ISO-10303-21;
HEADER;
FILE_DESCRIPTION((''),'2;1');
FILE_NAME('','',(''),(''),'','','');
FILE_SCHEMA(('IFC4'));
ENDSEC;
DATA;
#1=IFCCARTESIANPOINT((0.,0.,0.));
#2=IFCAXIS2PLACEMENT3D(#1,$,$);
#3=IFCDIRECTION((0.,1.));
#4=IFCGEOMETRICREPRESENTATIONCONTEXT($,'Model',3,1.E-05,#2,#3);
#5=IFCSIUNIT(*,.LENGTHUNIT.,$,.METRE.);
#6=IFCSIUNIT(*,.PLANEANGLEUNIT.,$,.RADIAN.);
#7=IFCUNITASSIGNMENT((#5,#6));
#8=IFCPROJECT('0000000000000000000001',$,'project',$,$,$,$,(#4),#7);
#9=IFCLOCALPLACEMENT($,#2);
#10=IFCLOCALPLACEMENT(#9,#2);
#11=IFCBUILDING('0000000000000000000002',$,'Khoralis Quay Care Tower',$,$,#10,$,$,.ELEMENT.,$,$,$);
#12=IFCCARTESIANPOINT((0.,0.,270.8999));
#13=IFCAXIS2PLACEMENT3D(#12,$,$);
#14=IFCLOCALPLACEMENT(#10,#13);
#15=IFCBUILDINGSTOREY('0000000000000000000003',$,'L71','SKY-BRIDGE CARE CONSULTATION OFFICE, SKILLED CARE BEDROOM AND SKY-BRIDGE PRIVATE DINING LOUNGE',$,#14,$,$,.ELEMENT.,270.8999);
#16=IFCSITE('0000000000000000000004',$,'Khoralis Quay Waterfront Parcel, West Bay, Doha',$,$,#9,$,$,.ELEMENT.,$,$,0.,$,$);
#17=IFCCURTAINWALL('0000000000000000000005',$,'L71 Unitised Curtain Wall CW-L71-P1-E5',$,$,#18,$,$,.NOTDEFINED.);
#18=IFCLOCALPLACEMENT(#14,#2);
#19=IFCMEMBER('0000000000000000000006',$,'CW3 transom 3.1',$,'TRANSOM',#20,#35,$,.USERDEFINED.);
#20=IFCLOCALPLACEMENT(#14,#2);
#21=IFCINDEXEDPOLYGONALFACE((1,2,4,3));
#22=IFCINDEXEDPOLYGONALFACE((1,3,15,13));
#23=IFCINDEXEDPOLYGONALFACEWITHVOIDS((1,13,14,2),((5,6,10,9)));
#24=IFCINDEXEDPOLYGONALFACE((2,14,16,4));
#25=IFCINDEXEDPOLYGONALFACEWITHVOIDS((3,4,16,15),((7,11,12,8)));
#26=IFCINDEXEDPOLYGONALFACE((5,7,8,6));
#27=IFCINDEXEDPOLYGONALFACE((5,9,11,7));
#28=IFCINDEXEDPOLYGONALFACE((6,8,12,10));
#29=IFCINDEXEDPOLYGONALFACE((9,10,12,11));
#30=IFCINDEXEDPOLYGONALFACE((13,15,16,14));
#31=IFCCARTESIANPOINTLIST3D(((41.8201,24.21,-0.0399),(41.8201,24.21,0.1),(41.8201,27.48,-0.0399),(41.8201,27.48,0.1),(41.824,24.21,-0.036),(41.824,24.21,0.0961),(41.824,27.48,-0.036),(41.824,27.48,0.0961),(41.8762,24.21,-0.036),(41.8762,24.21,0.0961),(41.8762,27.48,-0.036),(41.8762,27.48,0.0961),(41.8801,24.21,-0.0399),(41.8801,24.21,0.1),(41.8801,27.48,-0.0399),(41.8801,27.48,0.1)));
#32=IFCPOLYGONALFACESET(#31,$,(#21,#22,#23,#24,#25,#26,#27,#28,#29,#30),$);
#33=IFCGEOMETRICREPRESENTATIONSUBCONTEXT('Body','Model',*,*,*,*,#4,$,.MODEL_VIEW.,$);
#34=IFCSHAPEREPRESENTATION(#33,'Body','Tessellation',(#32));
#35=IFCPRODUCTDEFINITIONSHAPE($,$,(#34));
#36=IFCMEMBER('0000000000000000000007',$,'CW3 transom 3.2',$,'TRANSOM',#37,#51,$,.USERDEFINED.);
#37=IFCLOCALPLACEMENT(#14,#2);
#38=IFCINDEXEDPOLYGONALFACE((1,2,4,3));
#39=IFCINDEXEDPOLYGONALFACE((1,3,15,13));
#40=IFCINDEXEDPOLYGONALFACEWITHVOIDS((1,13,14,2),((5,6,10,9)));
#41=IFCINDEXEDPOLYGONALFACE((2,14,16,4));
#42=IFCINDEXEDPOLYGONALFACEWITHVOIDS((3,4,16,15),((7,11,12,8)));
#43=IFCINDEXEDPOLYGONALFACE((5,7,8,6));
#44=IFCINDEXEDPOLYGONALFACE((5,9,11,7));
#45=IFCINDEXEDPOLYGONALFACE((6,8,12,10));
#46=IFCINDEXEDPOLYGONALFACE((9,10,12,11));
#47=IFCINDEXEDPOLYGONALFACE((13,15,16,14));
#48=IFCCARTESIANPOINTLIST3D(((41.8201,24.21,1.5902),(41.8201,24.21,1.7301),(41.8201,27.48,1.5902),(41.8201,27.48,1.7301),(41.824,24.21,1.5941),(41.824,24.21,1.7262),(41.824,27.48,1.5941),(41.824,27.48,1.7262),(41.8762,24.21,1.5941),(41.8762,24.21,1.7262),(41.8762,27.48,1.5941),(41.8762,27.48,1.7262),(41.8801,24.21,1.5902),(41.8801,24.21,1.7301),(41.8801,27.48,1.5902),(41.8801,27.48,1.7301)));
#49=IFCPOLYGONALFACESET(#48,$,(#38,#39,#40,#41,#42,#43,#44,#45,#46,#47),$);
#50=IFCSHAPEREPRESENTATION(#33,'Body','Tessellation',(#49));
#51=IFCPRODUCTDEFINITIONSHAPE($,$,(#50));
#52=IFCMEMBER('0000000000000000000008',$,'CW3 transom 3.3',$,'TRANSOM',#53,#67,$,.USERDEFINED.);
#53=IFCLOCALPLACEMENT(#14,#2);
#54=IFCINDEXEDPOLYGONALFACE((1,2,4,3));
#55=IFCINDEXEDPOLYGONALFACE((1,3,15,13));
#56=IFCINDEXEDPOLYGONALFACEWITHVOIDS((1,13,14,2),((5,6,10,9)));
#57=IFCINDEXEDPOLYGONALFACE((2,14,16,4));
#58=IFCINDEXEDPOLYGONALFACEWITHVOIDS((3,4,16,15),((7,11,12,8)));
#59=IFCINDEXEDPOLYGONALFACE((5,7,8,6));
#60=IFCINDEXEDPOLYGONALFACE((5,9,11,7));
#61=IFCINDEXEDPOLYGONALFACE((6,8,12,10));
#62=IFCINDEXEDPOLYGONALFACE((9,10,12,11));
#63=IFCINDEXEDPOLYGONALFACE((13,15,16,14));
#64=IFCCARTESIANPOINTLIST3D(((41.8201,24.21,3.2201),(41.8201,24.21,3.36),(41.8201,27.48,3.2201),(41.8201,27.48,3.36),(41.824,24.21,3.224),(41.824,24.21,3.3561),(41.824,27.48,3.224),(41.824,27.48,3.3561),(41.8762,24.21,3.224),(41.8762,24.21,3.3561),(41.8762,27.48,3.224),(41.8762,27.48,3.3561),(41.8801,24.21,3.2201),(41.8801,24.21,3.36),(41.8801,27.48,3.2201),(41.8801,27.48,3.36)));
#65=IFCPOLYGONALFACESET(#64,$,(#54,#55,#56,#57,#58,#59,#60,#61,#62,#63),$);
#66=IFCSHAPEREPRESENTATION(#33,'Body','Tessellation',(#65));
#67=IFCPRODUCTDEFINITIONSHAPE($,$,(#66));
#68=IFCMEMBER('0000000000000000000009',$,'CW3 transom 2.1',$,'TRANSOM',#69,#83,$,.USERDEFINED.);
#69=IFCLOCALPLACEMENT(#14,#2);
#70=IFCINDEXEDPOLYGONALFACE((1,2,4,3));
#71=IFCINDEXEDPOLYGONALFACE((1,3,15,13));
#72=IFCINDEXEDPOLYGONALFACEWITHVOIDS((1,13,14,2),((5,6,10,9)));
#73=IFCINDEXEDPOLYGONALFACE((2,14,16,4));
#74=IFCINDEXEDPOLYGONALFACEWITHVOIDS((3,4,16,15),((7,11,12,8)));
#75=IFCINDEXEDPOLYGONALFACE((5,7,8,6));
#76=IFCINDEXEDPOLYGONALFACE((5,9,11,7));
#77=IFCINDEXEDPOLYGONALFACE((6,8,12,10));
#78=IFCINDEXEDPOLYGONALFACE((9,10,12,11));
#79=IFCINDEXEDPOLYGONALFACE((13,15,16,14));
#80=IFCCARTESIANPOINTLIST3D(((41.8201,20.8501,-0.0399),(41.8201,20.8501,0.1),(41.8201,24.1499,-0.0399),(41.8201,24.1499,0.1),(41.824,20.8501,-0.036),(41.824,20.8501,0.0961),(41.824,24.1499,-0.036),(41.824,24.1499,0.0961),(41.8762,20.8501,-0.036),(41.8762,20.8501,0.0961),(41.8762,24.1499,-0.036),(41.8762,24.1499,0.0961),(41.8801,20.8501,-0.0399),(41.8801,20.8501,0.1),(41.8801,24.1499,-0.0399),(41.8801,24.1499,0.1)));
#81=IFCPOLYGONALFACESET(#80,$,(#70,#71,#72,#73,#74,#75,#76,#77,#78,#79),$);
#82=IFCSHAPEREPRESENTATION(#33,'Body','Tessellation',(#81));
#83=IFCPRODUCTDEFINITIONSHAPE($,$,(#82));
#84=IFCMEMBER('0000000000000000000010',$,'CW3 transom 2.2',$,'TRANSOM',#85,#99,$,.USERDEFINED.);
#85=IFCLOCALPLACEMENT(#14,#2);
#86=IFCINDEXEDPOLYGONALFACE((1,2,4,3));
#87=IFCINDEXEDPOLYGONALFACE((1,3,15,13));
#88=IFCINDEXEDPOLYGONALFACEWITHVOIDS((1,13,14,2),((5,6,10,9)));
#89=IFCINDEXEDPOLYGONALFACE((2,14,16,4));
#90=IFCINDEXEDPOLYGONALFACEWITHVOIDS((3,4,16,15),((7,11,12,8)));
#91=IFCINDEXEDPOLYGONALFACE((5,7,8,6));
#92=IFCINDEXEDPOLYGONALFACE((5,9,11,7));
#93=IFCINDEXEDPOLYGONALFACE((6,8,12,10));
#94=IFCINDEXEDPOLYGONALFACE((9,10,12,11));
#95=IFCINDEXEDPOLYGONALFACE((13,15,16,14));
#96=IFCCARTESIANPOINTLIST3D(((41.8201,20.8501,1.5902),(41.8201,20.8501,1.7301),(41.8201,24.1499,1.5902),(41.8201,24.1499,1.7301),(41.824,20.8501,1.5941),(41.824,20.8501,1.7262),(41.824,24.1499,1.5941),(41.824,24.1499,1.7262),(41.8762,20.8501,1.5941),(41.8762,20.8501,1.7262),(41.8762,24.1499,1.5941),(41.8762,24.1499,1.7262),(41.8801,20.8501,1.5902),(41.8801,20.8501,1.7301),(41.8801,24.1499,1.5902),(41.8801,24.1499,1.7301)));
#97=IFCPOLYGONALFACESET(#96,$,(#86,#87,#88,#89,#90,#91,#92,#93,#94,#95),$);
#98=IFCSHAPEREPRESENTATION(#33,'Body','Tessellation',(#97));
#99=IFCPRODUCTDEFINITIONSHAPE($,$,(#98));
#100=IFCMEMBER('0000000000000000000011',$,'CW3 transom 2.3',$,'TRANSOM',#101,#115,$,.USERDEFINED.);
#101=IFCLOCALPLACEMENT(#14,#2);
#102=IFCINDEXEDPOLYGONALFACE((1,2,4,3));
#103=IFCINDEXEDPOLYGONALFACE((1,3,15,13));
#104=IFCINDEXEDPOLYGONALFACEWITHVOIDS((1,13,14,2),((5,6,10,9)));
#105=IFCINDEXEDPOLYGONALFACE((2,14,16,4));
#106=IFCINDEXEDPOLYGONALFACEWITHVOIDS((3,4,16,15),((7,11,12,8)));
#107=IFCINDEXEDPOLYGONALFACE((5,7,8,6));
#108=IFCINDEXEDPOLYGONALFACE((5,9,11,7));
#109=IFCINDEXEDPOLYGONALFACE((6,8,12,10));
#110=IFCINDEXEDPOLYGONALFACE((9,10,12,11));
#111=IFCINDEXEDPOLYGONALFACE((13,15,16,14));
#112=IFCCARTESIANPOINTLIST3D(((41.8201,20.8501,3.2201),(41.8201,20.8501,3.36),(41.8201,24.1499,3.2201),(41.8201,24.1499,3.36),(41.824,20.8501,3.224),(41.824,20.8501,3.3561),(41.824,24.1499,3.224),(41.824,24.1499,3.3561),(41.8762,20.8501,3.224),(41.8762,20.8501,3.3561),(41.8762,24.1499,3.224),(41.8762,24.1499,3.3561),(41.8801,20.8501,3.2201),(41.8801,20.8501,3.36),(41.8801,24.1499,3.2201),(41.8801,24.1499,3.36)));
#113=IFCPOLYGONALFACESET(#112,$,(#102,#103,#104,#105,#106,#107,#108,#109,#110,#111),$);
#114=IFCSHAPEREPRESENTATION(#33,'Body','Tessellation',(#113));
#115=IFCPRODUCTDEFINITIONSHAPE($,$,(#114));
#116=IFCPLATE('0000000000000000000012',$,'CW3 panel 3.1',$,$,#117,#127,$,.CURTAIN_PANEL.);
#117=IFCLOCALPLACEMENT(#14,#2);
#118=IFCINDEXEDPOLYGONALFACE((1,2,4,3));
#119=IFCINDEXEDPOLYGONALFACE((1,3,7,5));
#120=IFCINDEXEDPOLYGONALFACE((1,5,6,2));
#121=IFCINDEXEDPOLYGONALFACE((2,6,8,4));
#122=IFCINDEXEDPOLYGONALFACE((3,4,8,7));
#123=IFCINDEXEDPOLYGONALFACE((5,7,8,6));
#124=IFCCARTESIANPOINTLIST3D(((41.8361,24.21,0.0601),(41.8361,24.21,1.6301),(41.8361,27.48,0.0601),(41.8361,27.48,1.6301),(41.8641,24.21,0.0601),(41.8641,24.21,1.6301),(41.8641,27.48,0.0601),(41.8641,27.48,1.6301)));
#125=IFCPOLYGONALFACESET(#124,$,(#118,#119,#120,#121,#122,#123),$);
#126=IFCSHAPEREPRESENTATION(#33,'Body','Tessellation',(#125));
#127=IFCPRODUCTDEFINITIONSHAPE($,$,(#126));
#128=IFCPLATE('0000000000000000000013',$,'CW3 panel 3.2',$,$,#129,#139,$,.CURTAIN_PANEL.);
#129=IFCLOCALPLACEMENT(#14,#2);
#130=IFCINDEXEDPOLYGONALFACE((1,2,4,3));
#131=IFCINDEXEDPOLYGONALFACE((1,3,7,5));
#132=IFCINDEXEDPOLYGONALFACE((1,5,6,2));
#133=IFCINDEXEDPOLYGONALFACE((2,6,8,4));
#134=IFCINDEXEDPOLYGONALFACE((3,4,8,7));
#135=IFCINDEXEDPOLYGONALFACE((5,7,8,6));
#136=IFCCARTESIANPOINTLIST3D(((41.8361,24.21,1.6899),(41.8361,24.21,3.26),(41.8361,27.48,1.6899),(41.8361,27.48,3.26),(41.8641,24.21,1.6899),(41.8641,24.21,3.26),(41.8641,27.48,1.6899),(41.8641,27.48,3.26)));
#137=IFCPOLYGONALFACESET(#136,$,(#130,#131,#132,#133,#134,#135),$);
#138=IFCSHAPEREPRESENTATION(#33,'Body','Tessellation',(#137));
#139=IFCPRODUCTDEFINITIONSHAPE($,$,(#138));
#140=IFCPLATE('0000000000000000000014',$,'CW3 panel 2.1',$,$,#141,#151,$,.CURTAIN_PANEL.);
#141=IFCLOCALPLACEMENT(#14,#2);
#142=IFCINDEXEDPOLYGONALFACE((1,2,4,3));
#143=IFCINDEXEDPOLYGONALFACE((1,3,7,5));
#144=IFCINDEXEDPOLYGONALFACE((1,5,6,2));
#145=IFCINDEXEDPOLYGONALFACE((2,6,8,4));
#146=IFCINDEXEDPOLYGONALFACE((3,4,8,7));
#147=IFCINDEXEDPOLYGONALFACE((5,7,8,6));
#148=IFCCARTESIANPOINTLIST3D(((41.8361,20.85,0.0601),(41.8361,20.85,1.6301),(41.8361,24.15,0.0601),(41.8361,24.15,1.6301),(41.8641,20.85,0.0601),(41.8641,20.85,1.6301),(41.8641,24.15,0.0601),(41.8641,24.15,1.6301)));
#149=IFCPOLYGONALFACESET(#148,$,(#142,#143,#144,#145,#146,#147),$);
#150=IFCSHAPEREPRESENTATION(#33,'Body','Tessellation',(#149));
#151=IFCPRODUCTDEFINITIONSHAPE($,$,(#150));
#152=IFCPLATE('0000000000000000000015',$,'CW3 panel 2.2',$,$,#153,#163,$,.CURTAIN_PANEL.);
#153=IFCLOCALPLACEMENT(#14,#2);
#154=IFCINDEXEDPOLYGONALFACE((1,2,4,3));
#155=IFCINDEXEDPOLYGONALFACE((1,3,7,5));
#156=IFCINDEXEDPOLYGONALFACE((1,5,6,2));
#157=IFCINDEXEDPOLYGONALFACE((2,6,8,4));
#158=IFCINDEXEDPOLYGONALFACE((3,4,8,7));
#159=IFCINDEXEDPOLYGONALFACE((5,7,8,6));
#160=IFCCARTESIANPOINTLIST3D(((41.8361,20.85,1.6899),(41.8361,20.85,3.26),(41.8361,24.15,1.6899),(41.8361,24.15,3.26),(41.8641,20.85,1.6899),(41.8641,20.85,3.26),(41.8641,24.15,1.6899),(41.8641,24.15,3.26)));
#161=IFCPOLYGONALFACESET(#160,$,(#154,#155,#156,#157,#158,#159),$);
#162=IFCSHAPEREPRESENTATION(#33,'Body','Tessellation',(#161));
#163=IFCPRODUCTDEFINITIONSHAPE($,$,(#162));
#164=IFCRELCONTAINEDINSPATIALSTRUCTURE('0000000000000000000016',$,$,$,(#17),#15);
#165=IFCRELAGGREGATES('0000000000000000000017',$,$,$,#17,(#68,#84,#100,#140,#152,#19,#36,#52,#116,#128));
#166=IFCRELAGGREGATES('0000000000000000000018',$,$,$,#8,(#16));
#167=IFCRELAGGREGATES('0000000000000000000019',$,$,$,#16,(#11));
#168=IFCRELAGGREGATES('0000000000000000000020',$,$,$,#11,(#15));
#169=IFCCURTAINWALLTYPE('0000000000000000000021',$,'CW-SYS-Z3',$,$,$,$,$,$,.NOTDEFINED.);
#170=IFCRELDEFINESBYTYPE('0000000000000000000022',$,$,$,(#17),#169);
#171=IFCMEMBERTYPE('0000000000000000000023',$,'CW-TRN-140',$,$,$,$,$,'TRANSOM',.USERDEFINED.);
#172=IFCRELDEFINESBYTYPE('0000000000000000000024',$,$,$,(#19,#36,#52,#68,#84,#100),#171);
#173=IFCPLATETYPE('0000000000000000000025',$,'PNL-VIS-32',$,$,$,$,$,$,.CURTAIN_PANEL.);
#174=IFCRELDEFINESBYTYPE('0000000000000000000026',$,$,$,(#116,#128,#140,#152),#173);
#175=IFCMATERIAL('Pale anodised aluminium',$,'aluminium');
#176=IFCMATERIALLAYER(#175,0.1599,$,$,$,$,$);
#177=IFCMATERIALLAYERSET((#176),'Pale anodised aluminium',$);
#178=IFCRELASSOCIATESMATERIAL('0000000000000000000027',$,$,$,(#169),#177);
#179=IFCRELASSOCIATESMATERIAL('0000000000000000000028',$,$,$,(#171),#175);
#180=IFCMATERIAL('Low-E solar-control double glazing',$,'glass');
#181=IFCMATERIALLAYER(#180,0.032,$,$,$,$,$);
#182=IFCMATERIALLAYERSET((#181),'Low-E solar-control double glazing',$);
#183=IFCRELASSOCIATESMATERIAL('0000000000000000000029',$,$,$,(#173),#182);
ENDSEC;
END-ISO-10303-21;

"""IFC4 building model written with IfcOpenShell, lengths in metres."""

from ifc_helpers import new_model, si_unit, direction, frame, origin, origin_2d, place, context, subcontext, project, spatial, rectangle, hollow_rectangle, extrude, source, transform, mapped, material, layer, layer_set, material_profile, profile_set, type_object, element, aggregate, save


model = new_model("IFC4")

# Units and contexts
model_context = context("Model", 3, precision=1e-05, world=origin(), true_north=direction((0.0, 1.0)))
body_context = subcontext(model_context, "Body", "Model", "MODEL_VIEW")
ifc_project = project(units=[si_unit("LENGTHUNIT", "METRE"), si_unit("PLANEANGLEUNIT", "RADIAN")], contexts=[model_context])

# Site, building, storey
site_placement = place(None, origin())
site = spatial("IfcSite", under=ifc_project, at=site_placement, Name="Khoralis Quay Waterfront Parcel, West Bay, Doha", CompositionType="ELEMENT", RefElevation=0.0)
building_placement = place(site_placement, origin())
building = spatial("IfcBuilding", under=site, at=building_placement, Name="Khoralis Quay Care Tower", CompositionType="ELEMENT")
storey_placement = place(building_placement, frame((0.0, 0.0, 270.8999)))
storey = spatial("IfcBuildingStorey", under=building, at=storey_placement, Name="L71", Description="SKY-BRIDGE CARE CONSULTATION OFFICE, SKILLED CARE BEDROOM AND SKY-BRIDGE PRIVATE DINING LOUNGE", CompositionType="ELEMENT", Elevation=270.8999)

# Curtain wall, members, plates
ifc_material_1 = material(Name="Pale anodised aluminium", Category="aluminium")
ifc_layer_1 = layer(ifc_material_1, 0.1599)
ifc_layer_set_1 = layer_set([ifc_layer_1], Name="Pale anodised aluminium")
curtain_wall_type = type_object("IfcCurtainWallType", Name="CW-SYS-Z3", PredefinedType="NOTDEFINED", material=ifc_layer_set_1)
curtain_wall_placement = place(storey_placement, origin())
curtain_wall = element("IfcCurtainWall", 1, at=curtain_wall_placement, inside=storey, type_object=curtain_wall_type, Name="L71 Unitised Curtain Wall CW-L71-P1-E5", PredefinedType="NOTDEFINED")
ifc_material_profile_1 = material_profile(ifc_material_1, hollow_rectangle(XDim=0.0601, YDim=0.1399, WallThickness=0.0039, at=origin_2d()), Name="Pale anodised aluminium")
ifc_profile_set_1 = profile_set([ifc_material_profile_1], Name="Pale anodised aluminium")
member_type_1 = type_object("IfcMemberType", Name="CW-TRN-140", ElementType="TRANSOM", PredefinedType="USERDEFINED", material=ifc_profile_set_1)
shared_shape_1 = source(origin(), body_context, "Body", "SweptSolid", [
    extrude(hollow_rectangle(XDim=0.0601, YDim=0.1399, WallThickness=0.0039, at=origin_2d()), origin(), (0.0, 0.0, 1.0), 3.27),
])
member_1_placement = place(storey_placement, frame((41.8501, 24.21, 0.03), z_axis=(0.0, 1.0, 0.0), x_axis=(-1.0, 0.0, 0.0)))
member_1 = element("IfcMember", 2, at=member_1_placement, type_object=member_type_1, Name="CW3 transom 3.1", ObjectType="TRANSOM", PredefinedType="USERDEFINED", context=body_context, shape_type="MappedRepresentation", body=[
    mapped(shared_shape_1, transform((0.0, 0.0, 0.0), scale=1.0)),
])
member_2_placement = place(storey_placement, frame((41.8501, 24.21, 1.6602), z_axis=(0.0, 1.0, 0.0), x_axis=(-1.0, 0.0, 0.0)))
member_2 = element("IfcMember", 3, at=member_2_placement, type_object=member_type_1, Name="CW3 transom 3.2", ObjectType="TRANSOM", PredefinedType="USERDEFINED", context=body_context, shape_type="MappedRepresentation", body=[
    mapped(shared_shape_1, transform((0.0, 0.0, 0.0), scale=1.0)),
])
member_3_placement = place(storey_placement, frame((41.8501, 24.21, 3.29), z_axis=(0.0, 1.0, 0.0), x_axis=(-1.0, 0.0, 0.0)))
member_3 = element("IfcMember", 4, at=member_3_placement, type_object=member_type_1, Name="CW3 transom 3.3", ObjectType="TRANSOM", PredefinedType="USERDEFINED", context=body_context, shape_type="MappedRepresentation", body=[
    mapped(shared_shape_1, transform((0.0, 0.0, 0.0), scale=1.0)),
])
shared_shape_2 = source(origin(), body_context, "Body", "SweptSolid", [
    extrude(hollow_rectangle(XDim=0.0601, YDim=0.1399, WallThickness=0.0039, at=origin_2d()), origin(), (0.0, 0.0, 1.0), 3.2998),
])
member_4_placement = place(storey_placement, frame((41.8501, 20.8501, 0.03), z_axis=(0.0, 1.0, 0.0), x_axis=(-1.0, 0.0, 0.0)))
member_4 = element("IfcMember", 5, at=member_4_placement, type_object=member_type_1, Name="CW3 transom 2.1", ObjectType="TRANSOM", PredefinedType="USERDEFINED", context=body_context, shape_type="MappedRepresentation", body=[
    mapped(shared_shape_2, transform((0.0, 0.0, 0.0), scale=1.0)),
])
member_5_placement = place(storey_placement, frame((41.8501, 20.8501, 1.6602), z_axis=(0.0, 1.0, 0.0), x_axis=(-1.0, 0.0, 0.0)))
member_5 = element("IfcMember", 6, at=member_5_placement, type_object=member_type_1, Name="CW3 transom 2.2", ObjectType="TRANSOM", PredefinedType="USERDEFINED", context=body_context, shape_type="MappedRepresentation", body=[
    mapped(shared_shape_2, transform((0.0, 0.0, 0.0), scale=1.0)),
])
member_6_placement = place(storey_placement, frame((41.8501, 20.8501, 3.29), z_axis=(0.0, 1.0, 0.0), x_axis=(-1.0, 0.0, 0.0)))
member_6 = element("IfcMember", 7, at=member_6_placement, type_object=member_type_1, Name="CW3 transom 2.3", ObjectType="TRANSOM", PredefinedType="USERDEFINED", context=body_context, shape_type="MappedRepresentation", body=[
    mapped(shared_shape_2, transform((0.0, 0.0, 0.0), scale=1.0)),
])
ifc_material_2 = material(Name="Low-E solar-control double glazing", Category="glass")
ifc_layer_2 = layer(ifc_material_2, 0.032)
ifc_layer_set_2 = layer_set([ifc_layer_2], Name="Low-E solar-control double glazing")
plate_type = type_object("IfcPlateType", Name="PNL-VIS-32", PredefinedType="CURTAIN_PANEL", material=ifc_layer_set_2)
shared_shape_3 = source(origin(), body_context, "Body", "SweptSolid", [
    extrude(rectangle(XDim=3.27, YDim=0.0281, at=origin_2d()), origin(), (0.0, 0.0, 1.0), 1.5701),
])
plate_1_placement = place(storey_placement, frame((41.8501, 25.845, 0.0601), z_axis=(0.0, 0.0, 1.0), x_axis=(0.0, 1.0, 0.0)))
plate_1 = element("IfcPlate", 8, at=plate_1_placement, type_object=plate_type, Name="CW3 panel 3.1", PredefinedType="CURTAIN_PANEL", context=body_context, shape_type="MappedRepresentation", body=[
    mapped(shared_shape_3, transform((0.0, 0.0, 0.0), scale=1.0)),
])
plate_2_placement = place(storey_placement, frame((41.8501, 25.845, 1.6899), z_axis=(0.0, 0.0, 1.0), x_axis=(0.0, 1.0, 0.0)))
plate_2 = element("IfcPlate", 9, at=plate_2_placement, type_object=plate_type, Name="CW3 panel 3.2", PredefinedType="CURTAIN_PANEL", context=body_context, shape_type="MappedRepresentation", body=[
    mapped(shared_shape_3, transform((0.0, 0.0, 0.0), scale=1.0)),
])
shared_shape_4 = source(origin(), body_context, "Body", "SweptSolid", [
    extrude(rectangle(XDim=3.3, YDim=0.0281, at=origin_2d()), origin(), (0.0, 0.0, 1.0), 1.5701),
])
plate_3_placement = place(storey_placement, frame((41.8501, 22.5, 0.0601), z_axis=(0.0, 0.0, 1.0), x_axis=(0.0, 1.0, 0.0)))
plate_3 = element("IfcPlate", 10, at=plate_3_placement, type_object=plate_type, Name="CW3 panel 2.1", PredefinedType="CURTAIN_PANEL", context=body_context, shape_type="MappedRepresentation", body=[
    mapped(shared_shape_4, transform((0.0, 0.0, 0.0), scale=1.0)),
])
plate_4_placement = place(storey_placement, frame((41.8501, 22.5, 1.6899), z_axis=(0.0, 0.0, 1.0), x_axis=(0.0, 1.0, 0.0)))
plate_4 = element("IfcPlate", 11, at=plate_4_placement, type_object=plate_type, Name="CW3 panel 2.2", PredefinedType="CURTAIN_PANEL", context=body_context, shape_type="MappedRepresentation", body=[
    mapped(shared_shape_4, transform((0.0, 0.0, 0.0), scale=1.0)),
])
aggregate(curtain_wall, [member_4, member_5, member_6, plate_3, plate_4, member_1, member_2, member_3, plate_1, plate_2])

save(model, "model.ifc")
